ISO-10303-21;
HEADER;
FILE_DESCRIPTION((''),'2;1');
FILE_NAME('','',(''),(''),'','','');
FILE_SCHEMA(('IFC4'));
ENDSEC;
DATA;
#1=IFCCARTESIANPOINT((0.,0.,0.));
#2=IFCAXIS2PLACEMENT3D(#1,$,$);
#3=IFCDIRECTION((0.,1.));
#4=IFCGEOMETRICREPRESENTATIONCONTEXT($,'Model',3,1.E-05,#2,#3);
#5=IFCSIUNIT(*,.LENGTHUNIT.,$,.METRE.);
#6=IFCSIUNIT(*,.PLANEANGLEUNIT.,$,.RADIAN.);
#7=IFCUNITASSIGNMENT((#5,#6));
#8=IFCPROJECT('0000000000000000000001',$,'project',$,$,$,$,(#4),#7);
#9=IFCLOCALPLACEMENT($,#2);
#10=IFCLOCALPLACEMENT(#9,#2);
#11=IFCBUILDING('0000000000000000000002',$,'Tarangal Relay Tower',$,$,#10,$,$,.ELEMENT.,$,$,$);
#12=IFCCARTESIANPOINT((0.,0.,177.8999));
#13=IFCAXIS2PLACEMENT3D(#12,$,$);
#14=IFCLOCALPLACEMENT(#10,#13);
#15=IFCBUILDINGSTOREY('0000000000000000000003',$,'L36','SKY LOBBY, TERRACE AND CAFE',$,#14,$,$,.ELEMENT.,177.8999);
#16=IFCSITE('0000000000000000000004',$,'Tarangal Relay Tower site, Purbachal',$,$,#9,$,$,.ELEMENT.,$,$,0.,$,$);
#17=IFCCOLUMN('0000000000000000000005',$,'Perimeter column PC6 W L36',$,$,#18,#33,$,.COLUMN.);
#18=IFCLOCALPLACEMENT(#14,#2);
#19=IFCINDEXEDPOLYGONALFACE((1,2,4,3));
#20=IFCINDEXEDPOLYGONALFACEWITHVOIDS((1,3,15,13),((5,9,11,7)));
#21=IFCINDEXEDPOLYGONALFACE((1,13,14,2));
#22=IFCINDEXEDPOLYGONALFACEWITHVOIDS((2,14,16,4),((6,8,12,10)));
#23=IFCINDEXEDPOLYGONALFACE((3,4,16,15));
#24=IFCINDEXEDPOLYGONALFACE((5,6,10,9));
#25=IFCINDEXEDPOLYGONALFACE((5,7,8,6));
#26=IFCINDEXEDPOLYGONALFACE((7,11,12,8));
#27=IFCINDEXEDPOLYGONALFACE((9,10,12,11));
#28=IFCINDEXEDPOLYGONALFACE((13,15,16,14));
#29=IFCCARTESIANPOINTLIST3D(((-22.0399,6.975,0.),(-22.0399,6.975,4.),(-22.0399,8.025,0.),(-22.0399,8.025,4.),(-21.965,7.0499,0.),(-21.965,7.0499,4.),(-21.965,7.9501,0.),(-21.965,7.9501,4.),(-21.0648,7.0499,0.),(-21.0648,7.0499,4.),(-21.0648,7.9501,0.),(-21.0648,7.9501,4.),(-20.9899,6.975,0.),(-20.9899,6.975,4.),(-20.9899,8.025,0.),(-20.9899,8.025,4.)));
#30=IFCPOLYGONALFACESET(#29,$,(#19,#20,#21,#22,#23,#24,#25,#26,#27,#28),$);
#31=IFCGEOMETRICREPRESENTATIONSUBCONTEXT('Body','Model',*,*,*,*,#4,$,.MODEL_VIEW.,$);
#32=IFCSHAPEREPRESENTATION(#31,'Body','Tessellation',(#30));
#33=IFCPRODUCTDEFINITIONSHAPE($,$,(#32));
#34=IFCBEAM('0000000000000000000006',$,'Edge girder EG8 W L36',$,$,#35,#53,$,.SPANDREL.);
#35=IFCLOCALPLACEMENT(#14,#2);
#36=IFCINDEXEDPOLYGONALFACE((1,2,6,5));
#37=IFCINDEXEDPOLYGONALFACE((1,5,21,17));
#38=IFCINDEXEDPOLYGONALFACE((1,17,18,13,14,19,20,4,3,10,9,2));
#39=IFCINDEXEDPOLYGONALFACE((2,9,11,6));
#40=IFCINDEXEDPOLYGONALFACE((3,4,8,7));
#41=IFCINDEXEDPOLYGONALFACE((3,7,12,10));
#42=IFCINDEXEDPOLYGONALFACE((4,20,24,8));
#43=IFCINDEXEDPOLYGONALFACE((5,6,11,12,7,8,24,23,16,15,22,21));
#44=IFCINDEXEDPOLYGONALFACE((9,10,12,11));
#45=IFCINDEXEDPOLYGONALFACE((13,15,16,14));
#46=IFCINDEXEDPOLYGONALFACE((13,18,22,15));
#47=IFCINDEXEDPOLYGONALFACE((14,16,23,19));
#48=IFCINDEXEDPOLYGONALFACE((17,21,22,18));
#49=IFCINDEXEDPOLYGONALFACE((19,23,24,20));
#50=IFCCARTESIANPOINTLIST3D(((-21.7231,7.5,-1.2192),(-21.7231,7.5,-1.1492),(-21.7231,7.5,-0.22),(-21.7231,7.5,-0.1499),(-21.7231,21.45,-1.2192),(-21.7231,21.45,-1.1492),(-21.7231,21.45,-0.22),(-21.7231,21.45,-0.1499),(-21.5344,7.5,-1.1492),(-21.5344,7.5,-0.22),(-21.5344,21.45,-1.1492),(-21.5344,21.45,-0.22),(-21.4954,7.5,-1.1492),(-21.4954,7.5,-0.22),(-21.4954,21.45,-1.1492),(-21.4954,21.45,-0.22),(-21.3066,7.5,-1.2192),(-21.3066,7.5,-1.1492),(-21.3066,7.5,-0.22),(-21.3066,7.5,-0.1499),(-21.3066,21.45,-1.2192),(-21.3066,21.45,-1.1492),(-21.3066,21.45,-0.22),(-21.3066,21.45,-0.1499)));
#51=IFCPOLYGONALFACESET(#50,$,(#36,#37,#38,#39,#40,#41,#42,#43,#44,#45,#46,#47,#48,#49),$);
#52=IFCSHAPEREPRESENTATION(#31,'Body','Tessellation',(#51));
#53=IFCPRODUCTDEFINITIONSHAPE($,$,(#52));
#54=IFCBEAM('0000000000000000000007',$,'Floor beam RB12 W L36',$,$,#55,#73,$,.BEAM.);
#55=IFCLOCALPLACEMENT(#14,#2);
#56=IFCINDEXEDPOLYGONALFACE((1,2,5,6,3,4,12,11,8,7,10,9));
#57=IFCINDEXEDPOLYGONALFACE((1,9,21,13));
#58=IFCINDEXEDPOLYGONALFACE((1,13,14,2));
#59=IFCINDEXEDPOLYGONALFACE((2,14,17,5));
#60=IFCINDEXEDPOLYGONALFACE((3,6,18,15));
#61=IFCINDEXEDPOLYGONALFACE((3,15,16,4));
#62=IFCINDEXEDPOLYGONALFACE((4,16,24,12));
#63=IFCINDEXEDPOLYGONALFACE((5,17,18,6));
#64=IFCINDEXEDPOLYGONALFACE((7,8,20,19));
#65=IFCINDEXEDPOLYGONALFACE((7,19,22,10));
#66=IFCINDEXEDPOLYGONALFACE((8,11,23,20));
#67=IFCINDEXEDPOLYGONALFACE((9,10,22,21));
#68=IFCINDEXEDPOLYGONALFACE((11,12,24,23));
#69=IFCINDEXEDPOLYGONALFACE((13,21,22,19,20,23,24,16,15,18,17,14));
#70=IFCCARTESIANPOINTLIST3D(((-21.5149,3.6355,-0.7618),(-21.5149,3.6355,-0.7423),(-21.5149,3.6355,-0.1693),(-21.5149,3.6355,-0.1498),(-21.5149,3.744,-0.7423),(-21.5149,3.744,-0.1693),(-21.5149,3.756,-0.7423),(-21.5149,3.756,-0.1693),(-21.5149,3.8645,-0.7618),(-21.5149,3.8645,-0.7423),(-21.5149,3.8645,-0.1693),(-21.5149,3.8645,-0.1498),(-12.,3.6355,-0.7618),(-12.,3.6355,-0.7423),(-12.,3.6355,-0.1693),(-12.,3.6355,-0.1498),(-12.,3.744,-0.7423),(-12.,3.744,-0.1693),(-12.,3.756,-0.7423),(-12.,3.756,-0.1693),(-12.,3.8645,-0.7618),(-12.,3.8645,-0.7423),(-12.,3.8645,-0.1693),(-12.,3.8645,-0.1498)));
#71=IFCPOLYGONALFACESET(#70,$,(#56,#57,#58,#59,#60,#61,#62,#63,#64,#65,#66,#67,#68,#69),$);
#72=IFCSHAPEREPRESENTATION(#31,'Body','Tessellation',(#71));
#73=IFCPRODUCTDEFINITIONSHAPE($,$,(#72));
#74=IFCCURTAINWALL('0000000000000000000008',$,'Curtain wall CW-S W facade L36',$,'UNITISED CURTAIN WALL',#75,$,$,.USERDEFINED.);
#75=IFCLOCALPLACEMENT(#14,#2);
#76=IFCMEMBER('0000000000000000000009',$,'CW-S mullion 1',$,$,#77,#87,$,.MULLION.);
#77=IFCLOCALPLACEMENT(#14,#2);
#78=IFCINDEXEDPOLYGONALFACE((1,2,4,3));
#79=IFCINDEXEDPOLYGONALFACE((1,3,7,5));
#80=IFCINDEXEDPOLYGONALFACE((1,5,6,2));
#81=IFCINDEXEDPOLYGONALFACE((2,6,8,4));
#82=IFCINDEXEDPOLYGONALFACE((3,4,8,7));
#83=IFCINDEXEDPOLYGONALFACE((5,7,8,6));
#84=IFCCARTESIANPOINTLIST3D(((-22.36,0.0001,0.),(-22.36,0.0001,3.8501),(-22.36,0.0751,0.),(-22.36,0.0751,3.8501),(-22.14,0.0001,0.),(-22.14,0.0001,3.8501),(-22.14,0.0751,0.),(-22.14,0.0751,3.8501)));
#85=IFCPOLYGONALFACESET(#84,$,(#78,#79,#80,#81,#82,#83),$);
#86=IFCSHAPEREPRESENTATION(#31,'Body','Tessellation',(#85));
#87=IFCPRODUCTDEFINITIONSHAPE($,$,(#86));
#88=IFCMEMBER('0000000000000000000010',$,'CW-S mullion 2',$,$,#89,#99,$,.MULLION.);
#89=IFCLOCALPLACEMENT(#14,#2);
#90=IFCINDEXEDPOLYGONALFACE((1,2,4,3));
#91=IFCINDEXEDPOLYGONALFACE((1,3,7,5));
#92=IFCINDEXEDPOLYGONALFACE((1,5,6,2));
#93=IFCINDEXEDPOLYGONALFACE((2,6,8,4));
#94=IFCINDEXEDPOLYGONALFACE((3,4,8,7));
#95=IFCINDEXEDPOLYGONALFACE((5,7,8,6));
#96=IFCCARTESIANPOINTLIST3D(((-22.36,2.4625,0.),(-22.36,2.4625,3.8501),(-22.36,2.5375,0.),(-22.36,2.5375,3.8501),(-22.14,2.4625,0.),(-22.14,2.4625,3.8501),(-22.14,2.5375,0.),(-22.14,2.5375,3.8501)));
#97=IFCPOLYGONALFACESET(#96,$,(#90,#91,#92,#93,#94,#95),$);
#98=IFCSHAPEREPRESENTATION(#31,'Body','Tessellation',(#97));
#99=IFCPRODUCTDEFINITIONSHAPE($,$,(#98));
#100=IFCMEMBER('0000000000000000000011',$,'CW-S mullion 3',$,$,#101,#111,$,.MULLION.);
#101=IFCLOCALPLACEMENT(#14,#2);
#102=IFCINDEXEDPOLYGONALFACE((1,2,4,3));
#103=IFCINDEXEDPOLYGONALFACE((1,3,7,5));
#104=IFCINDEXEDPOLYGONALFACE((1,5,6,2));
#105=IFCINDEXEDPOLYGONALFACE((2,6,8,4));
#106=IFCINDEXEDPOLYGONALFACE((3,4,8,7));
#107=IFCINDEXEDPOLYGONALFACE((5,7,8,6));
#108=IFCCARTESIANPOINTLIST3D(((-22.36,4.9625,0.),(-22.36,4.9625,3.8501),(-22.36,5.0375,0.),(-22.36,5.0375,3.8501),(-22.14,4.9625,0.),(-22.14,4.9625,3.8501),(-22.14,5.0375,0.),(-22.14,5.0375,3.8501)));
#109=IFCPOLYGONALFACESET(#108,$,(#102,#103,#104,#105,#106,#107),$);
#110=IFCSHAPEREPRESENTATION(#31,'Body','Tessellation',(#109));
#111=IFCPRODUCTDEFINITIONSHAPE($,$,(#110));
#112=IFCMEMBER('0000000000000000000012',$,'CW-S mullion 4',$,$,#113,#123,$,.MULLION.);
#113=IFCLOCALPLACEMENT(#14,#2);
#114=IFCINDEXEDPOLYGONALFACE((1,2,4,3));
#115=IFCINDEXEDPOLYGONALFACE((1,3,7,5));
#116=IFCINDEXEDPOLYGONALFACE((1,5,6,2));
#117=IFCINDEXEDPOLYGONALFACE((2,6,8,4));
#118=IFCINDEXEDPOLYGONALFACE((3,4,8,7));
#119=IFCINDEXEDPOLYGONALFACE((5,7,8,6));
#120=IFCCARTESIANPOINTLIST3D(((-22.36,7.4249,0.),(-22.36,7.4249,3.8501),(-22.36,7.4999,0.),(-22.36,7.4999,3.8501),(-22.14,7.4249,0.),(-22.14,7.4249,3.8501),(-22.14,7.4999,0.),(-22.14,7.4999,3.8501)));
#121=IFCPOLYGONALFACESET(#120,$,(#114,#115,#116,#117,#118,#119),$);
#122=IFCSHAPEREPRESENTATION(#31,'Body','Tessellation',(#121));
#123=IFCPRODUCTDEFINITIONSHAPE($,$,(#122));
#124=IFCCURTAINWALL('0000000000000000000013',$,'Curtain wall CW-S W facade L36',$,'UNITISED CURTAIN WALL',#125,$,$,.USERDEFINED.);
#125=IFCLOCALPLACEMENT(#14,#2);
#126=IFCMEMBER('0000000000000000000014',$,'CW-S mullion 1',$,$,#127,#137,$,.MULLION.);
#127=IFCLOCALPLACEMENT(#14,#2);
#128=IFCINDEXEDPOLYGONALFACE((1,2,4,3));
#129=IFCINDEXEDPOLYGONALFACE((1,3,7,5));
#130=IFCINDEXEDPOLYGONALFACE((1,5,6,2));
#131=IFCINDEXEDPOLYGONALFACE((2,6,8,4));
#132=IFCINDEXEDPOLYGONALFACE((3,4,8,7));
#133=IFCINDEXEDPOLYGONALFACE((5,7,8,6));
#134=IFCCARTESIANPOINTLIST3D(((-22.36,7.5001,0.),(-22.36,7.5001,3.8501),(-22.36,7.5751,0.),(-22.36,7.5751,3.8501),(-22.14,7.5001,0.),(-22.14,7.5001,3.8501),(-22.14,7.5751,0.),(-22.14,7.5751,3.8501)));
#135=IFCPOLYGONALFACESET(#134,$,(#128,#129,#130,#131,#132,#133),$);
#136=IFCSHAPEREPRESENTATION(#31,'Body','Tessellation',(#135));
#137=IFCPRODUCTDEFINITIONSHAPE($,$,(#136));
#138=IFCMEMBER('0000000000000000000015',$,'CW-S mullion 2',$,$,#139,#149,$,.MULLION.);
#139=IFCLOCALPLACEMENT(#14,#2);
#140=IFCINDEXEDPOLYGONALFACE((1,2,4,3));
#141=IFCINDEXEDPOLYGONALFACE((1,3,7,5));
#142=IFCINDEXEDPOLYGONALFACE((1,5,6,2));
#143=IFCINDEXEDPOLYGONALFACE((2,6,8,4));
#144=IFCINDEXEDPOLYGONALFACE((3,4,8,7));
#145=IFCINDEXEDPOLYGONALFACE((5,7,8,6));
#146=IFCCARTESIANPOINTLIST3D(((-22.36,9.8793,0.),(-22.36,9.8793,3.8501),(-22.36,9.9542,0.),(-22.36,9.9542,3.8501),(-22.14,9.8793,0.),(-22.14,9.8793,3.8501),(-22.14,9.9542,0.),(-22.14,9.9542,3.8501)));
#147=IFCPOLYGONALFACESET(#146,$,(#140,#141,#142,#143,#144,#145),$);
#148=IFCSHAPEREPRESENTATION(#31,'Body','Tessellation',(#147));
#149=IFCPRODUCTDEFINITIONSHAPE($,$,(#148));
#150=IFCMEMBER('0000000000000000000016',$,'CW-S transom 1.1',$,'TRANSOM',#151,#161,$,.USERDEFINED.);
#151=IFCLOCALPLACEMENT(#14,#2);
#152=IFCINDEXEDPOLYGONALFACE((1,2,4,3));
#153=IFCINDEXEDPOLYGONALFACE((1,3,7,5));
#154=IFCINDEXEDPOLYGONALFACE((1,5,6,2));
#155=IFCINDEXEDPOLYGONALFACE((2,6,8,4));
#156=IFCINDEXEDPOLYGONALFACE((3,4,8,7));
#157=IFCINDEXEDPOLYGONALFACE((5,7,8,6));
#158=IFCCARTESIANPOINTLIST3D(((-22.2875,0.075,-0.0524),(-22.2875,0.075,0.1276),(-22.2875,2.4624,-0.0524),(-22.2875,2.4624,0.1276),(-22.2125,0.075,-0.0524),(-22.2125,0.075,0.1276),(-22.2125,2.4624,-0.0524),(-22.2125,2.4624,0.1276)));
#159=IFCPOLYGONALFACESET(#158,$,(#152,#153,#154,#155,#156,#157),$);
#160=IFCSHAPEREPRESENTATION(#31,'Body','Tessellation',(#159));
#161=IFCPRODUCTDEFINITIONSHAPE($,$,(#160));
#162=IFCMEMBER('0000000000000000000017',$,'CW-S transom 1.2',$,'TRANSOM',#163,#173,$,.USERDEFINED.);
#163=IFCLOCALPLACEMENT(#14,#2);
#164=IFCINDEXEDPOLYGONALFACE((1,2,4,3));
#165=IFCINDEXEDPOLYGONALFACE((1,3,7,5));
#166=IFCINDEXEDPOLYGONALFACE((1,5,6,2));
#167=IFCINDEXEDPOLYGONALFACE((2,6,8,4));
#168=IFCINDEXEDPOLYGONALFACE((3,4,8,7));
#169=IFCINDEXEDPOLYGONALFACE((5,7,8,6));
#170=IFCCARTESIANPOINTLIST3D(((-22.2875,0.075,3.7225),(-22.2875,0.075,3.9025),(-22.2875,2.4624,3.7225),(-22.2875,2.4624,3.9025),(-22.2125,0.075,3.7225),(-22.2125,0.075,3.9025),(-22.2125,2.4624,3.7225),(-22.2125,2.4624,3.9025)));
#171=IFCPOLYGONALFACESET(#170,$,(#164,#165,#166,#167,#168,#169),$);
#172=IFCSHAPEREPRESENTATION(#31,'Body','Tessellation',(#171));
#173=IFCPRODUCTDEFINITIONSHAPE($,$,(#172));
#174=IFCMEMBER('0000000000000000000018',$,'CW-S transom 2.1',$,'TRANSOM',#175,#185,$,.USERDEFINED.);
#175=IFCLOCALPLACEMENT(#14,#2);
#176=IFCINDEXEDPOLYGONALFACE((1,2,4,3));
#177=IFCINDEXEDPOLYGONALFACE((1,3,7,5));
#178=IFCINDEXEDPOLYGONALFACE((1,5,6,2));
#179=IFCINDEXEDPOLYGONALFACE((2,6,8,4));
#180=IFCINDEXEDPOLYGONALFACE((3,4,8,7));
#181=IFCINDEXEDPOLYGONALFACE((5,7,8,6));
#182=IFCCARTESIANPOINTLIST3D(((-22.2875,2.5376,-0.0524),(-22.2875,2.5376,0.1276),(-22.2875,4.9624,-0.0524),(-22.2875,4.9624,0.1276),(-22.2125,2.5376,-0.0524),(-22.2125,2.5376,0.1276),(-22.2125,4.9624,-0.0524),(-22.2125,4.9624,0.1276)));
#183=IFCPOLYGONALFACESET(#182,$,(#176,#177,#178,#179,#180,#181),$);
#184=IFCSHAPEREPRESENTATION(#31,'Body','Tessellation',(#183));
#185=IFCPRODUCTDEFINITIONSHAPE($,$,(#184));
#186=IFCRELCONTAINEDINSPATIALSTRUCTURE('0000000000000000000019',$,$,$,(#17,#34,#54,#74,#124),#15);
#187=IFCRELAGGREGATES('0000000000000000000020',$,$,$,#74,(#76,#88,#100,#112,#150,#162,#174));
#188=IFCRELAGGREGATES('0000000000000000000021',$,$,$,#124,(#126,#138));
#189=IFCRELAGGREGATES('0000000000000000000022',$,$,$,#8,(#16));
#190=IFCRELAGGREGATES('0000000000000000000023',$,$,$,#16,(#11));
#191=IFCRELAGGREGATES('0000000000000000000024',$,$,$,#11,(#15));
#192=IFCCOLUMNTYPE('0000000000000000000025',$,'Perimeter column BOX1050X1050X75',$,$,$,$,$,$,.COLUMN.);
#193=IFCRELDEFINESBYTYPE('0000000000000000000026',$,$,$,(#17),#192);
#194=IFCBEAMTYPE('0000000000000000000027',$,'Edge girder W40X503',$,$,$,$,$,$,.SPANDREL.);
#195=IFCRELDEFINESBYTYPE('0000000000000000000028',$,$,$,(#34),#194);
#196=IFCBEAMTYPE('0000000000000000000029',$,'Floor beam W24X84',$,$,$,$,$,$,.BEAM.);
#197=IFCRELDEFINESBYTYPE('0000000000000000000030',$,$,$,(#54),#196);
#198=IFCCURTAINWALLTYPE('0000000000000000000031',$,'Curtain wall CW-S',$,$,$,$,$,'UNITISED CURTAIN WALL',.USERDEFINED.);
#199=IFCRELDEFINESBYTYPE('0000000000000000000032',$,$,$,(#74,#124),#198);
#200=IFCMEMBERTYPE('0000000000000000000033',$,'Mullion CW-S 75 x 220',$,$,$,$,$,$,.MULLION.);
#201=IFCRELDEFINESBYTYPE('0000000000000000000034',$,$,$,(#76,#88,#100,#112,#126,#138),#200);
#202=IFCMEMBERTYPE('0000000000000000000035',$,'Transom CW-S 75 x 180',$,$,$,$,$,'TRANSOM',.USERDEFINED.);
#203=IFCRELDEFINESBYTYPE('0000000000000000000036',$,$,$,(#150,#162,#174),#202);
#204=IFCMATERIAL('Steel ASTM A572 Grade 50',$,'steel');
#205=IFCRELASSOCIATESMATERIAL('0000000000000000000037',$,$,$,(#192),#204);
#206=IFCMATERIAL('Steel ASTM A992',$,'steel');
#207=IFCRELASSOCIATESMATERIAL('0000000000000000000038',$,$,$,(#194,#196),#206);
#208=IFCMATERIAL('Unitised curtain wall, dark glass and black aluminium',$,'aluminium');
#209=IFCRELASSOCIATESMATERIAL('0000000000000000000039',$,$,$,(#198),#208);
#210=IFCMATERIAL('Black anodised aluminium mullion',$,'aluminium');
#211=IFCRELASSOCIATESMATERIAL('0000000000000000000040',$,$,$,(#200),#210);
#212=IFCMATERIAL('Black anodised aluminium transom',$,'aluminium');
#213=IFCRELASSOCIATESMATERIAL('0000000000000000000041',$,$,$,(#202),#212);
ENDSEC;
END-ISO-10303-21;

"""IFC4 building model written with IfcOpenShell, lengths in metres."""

from ifc_helpers import new_model, si_unit, direction, frame, origin, origin_2d, place, context, subcontext, project, spatial, rectangle, hollow_rectangle, i_section, extrude, material, material_profile, profile_set, type_object, element, aggregate, save


model = new_model("IFC4")

# Units and contexts
model_context = context("Model", 3, precision=1e-05, world=origin(), true_north=direction((0.0, 1.0)))
body_context = subcontext(model_context, "Body", "Model", "MODEL_VIEW")
ifc_project = project(units=[si_unit("LENGTHUNIT", "METRE"), si_unit("PLANEANGLEUNIT", "RADIAN")], contexts=[model_context])

# Site, building, storey
site_placement = place(None, origin())
site = spatial("IfcSite", under=ifc_project, at=site_placement, Name="Tarangal Relay Tower site, Purbachal", CompositionType="ELEMENT", RefElevation=0.0)
building_placement = place(site_placement, origin())
building = spatial("IfcBuilding", under=site, at=building_placement, Name="Tarangal Relay Tower", CompositionType="ELEMENT")
storey_placement = place(building_placement, frame((0.0, 0.0, 177.8999)))
storey = spatial("IfcBuildingStorey", under=building, at=storey_placement, Name="L36", Description="SKY LOBBY, TERRACE AND CAFE", CompositionType="ELEMENT", Elevation=177.8999)

# Column
ifc_material_1 = material(Name="Steel ASTM A572 Grade 50", Category="steel")
ifc_material_profile_1 = material_profile(ifc_material_1, hollow_rectangle(XDim=1.05, YDim=1.05, WallThickness=0.075, at=origin_2d()), Name="BOX1050X1050X75")
ifc_profile_set_1 = profile_set([ifc_material_profile_1], Name="Steel ASTM A572 Grade 50")
column_type = type_object("IfcColumnType", Name="Perimeter column BOX1050X1050X75", PredefinedType="COLUMN", material=ifc_profile_set_1)
column_placement = place(storey_placement, frame((-21.5149, 7.5, 0.0), z_axis=(0.0, 0.0, 1.0), x_axis=(1.0, 0.0, 0.0)))
element("IfcColumn", 1, at=column_placement, inside=storey, type_object=column_type, Name="Perimeter column PC6 W L36", PredefinedType="COLUMN", context=body_context, shape_type="SweptSolid", body=[
    extrude(hollow_rectangle(XDim=1.05, YDim=1.05, WallThickness=0.075, at=origin_2d()), origin(), (0.0, 0.0, 1.0), 4.0),
])

# Beams
ifc_material_2 = material(Name="Steel ASTM A992", Category="steel")
ifc_material_profile_2 = material_profile(ifc_material_2, i_section(OverallWidth=0.4165, OverallDepth=1.0693, WebThickness=0.0391, FlangeThickness=0.0701, at=origin_2d()), Name="W40X503")
ifc_profile_set_2 = profile_set([ifc_material_profile_2], Name="Steel ASTM A992")
beam_type_1 = type_object("IfcBeamType", Name="Edge girder W40X503", PredefinedType="SPANDREL", material=ifc_profile_set_2)
beam_1_placement = place(storey_placement, frame((-21.5149, 7.5, -0.6846), z_axis=(0.0, 1.0, 0.0), x_axis=(-1.0, 0.0, 0.0)))
element("IfcBeam", 2, at=beam_1_placement, inside=storey, type_object=beam_type_1, Name="Edge girder EG8 W L36", PredefinedType="SPANDREL", context=body_context, shape_type="SweptSolid", body=[
    extrude(i_section(OverallWidth=0.4165, OverallDepth=1.0693, WebThickness=0.0391, FlangeThickness=0.0701, at=origin_2d()), origin(), (0.0, 0.0, 1.0), 13.95),
])
ifc_material_profile_3 = material_profile(ifc_material_2, i_section(OverallWidth=0.229, OverallDepth=0.6121, WebThickness=0.012, FlangeThickness=0.0195, at=origin_2d()), Name="W24X84")
ifc_profile_set_3 = profile_set([ifc_material_profile_3], Name="Steel ASTM A992")
beam_type_2 = type_object("IfcBeamType", Name="Floor beam W24X84", PredefinedType="BEAM", material=ifc_profile_set_3)
beam_2_placement = place(storey_placement, frame((-12.0, 3.75, -0.4558), z_axis=(-1.0, 0.0, 0.0), x_axis=(0.0, -1.0, 0.0)))
element("IfcBeam", 3, at=beam_2_placement, inside=storey, type_object=beam_type_2, Name="Floor beam RB12 W L36", PredefinedType="BEAM", context=body_context, shape_type="SweptSolid", body=[
    extrude(i_section(OverallWidth=0.229, OverallDepth=0.6121, WebThickness=0.012, FlangeThickness=0.0195, at=origin_2d()), origin(), (0.0, 0.0, 1.0), 9.5149),
])

# Curtain walls, members
ifc_material_3 = material(Name="Unitised curtain wall, dark glass and black aluminium", Category="aluminium")
curtain_wall_type = type_object("IfcCurtainWallType", Name="Curtain wall CW-S", ElementType="UNITISED CURTAIN WALL", PredefinedType="USERDEFINED", material=ifc_material_3)
curtain_wall_1_placement = place(storey_placement, origin())
curtain_wall_1 = element("IfcCurtainWall", 4, at=curtain_wall_1_placement, inside=storey, type_object=curtain_wall_type, Name="Curtain wall CW-S W facade L36", ObjectType="UNITISED CURTAIN WALL", PredefinedType="USERDEFINED")
ifc_material_4 = material(Name="Black anodised aluminium mullion", Category="aluminium")
ifc_material_profile_4 = material_profile(ifc_material_4, rectangle(XDim=0.22, YDim=0.075, at=origin_2d()), Name="CW-SM 75X220")
ifc_profile_set_4 = profile_set([ifc_material_profile_4], Name="Black anodised aluminium mullion")
member_type_1 = type_object("IfcMemberType", Name="Mullion CW-S 75 x 220", PredefinedType="MULLION", material=ifc_profile_set_4)
member_1_placement = place(storey_placement, frame((-22.25, 0.0376, 0.0), z_axis=(0.0, 0.0, 1.0), x_axis=(-1.0, 0.0, 0.0)))
member_1 = element("IfcMember", 5, at=member_1_placement, type_object=member_type_1, Name="CW-S mullion 1", PredefinedType="MULLION", context=body_context, shape_type="SweptSolid", body=[
    extrude(rectangle(XDim=0.22, YDim=0.075, at=origin_2d()), origin(), (0.0, 0.0, 1.0), 3.8501),
])
member_2_placement = place(storey_placement, frame((-22.25, 2.5, 0.0), z_axis=(0.0, 0.0, 1.0), x_axis=(-1.0, 0.0, 0.0)))
member_2 = element("IfcMember", 6, at=member_2_placement, type_object=member_type_1, Name="CW-S mullion 2", PredefinedType="MULLION", context=body_context, shape_type="SweptSolid", body=[
    extrude(rectangle(XDim=0.22, YDim=0.075, at=origin_2d()), origin(), (0.0, 0.0, 1.0), 3.8501),
])
member_3_placement = place(storey_placement, frame((-22.25, 5.0, 0.0), z_axis=(0.0, 0.0, 1.0), x_axis=(-1.0, 0.0, 0.0)))
member_3 = element("IfcMember", 7, at=member_3_placement, type_object=member_type_1, Name="CW-S mullion 3", PredefinedType="MULLION", context=body_context, shape_type="SweptSolid", body=[
    extrude(rectangle(XDim=0.22, YDim=0.075, at=origin_2d()), origin(), (0.0, 0.0, 1.0), 3.8501),
])
member_4_placement = place(storey_placement, frame((-22.25, 7.4624, 0.0), z_axis=(0.0, 0.0, 1.0), x_axis=(-1.0, 0.0, 0.0)))
member_4 = element("IfcMember", 8, at=member_4_placement, type_object=member_type_1, Name="CW-S mullion 4", PredefinedType="MULLION", context=body_context, shape_type="SweptSolid", body=[
    extrude(rectangle(XDim=0.22, YDim=0.075, at=origin_2d()), origin(), (0.0, 0.0, 1.0), 3.8501),
])
curtain_wall_2_placement = place(storey_placement, origin())
curtain_wall_2 = element("IfcCurtainWall", 9, at=curtain_wall_2_placement, inside=storey, type_object=curtain_wall_type, Name="Curtain wall CW-S W facade L36", ObjectType="UNITISED CURTAIN WALL", PredefinedType="USERDEFINED")
member_5_placement = place(storey_placement, frame((-22.25, 7.5376, 0.0), z_axis=(0.0, 0.0, 1.0), x_axis=(-1.0, 0.0, 0.0)))
member_5 = element("IfcMember", 10, at=member_5_placement, type_object=member_type_1, Name="CW-S mullion 1", PredefinedType="MULLION", context=body_context, shape_type="SweptSolid", body=[
    extrude(rectangle(XDim=0.22, YDim=0.075, at=origin_2d()), origin(), (0.0, 0.0, 1.0), 3.8501),
])
member_6_placement = place(storey_placement, frame((-22.25, 9.9167, 0.0), z_axis=(0.0, 0.0, 1.0), x_axis=(-1.0, 0.0, 0.0)))
member_6 = element("IfcMember", 11, at=member_6_placement, type_object=member_type_1, Name="CW-S mullion 2", PredefinedType="MULLION", context=body_context, shape_type="SweptSolid", body=[
    extrude(rectangle(XDim=0.22, YDim=0.075, at=origin_2d()), origin(), (0.0, 0.0, 1.0), 3.8501),
])

# Members
ifc_material_5 = material(Name="Black anodised aluminium transom", Category="aluminium")
ifc_material_profile_5 = material_profile(ifc_material_5, rectangle(XDim=0.075, YDim=0.1799, at=origin_2d()), Name="CW-ST 75X180")
ifc_profile_set_5 = profile_set([ifc_material_profile_5], Name="Black anodised aluminium transom")
member_type_2 = type_object("IfcMemberType", Name="Transom CW-S 75 x 180", ElementType="TRANSOM", PredefinedType="USERDEFINED", material=ifc_profile_set_5)
member_7_placement = place(storey_placement, frame((-22.25, 0.075, 0.0376), z_axis=(0.0, 1.0, 0.0), x_axis=(-1.0, 0.0, 0.0)))
member_7 = element("IfcMember", 12, at=member_7_placement, type_object=member_type_2, Name="CW-S transom 1.1", ObjectType="TRANSOM", PredefinedType="USERDEFINED", context=body_context, shape_type="SweptSolid", body=[
    extrude(rectangle(XDim=0.075, YDim=0.1799, at=origin_2d()), origin(), (0.0, 0.0, 1.0), 2.3875),
])
member_8_placement = place(storey_placement, frame((-22.25, 0.075, 3.8125), z_axis=(0.0, 1.0, 0.0), x_axis=(-1.0, 0.0, 0.0)))
member_8 = element("IfcMember", 13, at=member_8_placement, type_object=member_type_2, Name="CW-S transom 1.2", ObjectType="TRANSOM", PredefinedType="USERDEFINED", context=body_context, shape_type="SweptSolid", body=[
    extrude(rectangle(XDim=0.075, YDim=0.1799, at=origin_2d()), origin(), (0.0, 0.0, 1.0), 2.3875),
])
member_9_placement = place(storey_placement, frame((-22.25, 2.5376, 0.0376), z_axis=(0.0, 1.0, 0.0), x_axis=(-1.0, 0.0, 0.0)))
member_9 = element("IfcMember", 14, at=member_9_placement, type_object=member_type_2, Name="CW-S transom 2.1", ObjectType="TRANSOM", PredefinedType="USERDEFINED", context=body_context, shape_type="SweptSolid", body=[
    extrude(rectangle(XDim=0.075, YDim=0.1799, at=origin_2d()), origin(), (0.0, 0.0, 1.0), 2.4248),
])

aggregate(curtain_wall_1, [member_1, member_2, member_3, member_4, member_7, member_8, member_9])
aggregate(curtain_wall_2, [member_5, member_6])

save(model, "model.ifc")
